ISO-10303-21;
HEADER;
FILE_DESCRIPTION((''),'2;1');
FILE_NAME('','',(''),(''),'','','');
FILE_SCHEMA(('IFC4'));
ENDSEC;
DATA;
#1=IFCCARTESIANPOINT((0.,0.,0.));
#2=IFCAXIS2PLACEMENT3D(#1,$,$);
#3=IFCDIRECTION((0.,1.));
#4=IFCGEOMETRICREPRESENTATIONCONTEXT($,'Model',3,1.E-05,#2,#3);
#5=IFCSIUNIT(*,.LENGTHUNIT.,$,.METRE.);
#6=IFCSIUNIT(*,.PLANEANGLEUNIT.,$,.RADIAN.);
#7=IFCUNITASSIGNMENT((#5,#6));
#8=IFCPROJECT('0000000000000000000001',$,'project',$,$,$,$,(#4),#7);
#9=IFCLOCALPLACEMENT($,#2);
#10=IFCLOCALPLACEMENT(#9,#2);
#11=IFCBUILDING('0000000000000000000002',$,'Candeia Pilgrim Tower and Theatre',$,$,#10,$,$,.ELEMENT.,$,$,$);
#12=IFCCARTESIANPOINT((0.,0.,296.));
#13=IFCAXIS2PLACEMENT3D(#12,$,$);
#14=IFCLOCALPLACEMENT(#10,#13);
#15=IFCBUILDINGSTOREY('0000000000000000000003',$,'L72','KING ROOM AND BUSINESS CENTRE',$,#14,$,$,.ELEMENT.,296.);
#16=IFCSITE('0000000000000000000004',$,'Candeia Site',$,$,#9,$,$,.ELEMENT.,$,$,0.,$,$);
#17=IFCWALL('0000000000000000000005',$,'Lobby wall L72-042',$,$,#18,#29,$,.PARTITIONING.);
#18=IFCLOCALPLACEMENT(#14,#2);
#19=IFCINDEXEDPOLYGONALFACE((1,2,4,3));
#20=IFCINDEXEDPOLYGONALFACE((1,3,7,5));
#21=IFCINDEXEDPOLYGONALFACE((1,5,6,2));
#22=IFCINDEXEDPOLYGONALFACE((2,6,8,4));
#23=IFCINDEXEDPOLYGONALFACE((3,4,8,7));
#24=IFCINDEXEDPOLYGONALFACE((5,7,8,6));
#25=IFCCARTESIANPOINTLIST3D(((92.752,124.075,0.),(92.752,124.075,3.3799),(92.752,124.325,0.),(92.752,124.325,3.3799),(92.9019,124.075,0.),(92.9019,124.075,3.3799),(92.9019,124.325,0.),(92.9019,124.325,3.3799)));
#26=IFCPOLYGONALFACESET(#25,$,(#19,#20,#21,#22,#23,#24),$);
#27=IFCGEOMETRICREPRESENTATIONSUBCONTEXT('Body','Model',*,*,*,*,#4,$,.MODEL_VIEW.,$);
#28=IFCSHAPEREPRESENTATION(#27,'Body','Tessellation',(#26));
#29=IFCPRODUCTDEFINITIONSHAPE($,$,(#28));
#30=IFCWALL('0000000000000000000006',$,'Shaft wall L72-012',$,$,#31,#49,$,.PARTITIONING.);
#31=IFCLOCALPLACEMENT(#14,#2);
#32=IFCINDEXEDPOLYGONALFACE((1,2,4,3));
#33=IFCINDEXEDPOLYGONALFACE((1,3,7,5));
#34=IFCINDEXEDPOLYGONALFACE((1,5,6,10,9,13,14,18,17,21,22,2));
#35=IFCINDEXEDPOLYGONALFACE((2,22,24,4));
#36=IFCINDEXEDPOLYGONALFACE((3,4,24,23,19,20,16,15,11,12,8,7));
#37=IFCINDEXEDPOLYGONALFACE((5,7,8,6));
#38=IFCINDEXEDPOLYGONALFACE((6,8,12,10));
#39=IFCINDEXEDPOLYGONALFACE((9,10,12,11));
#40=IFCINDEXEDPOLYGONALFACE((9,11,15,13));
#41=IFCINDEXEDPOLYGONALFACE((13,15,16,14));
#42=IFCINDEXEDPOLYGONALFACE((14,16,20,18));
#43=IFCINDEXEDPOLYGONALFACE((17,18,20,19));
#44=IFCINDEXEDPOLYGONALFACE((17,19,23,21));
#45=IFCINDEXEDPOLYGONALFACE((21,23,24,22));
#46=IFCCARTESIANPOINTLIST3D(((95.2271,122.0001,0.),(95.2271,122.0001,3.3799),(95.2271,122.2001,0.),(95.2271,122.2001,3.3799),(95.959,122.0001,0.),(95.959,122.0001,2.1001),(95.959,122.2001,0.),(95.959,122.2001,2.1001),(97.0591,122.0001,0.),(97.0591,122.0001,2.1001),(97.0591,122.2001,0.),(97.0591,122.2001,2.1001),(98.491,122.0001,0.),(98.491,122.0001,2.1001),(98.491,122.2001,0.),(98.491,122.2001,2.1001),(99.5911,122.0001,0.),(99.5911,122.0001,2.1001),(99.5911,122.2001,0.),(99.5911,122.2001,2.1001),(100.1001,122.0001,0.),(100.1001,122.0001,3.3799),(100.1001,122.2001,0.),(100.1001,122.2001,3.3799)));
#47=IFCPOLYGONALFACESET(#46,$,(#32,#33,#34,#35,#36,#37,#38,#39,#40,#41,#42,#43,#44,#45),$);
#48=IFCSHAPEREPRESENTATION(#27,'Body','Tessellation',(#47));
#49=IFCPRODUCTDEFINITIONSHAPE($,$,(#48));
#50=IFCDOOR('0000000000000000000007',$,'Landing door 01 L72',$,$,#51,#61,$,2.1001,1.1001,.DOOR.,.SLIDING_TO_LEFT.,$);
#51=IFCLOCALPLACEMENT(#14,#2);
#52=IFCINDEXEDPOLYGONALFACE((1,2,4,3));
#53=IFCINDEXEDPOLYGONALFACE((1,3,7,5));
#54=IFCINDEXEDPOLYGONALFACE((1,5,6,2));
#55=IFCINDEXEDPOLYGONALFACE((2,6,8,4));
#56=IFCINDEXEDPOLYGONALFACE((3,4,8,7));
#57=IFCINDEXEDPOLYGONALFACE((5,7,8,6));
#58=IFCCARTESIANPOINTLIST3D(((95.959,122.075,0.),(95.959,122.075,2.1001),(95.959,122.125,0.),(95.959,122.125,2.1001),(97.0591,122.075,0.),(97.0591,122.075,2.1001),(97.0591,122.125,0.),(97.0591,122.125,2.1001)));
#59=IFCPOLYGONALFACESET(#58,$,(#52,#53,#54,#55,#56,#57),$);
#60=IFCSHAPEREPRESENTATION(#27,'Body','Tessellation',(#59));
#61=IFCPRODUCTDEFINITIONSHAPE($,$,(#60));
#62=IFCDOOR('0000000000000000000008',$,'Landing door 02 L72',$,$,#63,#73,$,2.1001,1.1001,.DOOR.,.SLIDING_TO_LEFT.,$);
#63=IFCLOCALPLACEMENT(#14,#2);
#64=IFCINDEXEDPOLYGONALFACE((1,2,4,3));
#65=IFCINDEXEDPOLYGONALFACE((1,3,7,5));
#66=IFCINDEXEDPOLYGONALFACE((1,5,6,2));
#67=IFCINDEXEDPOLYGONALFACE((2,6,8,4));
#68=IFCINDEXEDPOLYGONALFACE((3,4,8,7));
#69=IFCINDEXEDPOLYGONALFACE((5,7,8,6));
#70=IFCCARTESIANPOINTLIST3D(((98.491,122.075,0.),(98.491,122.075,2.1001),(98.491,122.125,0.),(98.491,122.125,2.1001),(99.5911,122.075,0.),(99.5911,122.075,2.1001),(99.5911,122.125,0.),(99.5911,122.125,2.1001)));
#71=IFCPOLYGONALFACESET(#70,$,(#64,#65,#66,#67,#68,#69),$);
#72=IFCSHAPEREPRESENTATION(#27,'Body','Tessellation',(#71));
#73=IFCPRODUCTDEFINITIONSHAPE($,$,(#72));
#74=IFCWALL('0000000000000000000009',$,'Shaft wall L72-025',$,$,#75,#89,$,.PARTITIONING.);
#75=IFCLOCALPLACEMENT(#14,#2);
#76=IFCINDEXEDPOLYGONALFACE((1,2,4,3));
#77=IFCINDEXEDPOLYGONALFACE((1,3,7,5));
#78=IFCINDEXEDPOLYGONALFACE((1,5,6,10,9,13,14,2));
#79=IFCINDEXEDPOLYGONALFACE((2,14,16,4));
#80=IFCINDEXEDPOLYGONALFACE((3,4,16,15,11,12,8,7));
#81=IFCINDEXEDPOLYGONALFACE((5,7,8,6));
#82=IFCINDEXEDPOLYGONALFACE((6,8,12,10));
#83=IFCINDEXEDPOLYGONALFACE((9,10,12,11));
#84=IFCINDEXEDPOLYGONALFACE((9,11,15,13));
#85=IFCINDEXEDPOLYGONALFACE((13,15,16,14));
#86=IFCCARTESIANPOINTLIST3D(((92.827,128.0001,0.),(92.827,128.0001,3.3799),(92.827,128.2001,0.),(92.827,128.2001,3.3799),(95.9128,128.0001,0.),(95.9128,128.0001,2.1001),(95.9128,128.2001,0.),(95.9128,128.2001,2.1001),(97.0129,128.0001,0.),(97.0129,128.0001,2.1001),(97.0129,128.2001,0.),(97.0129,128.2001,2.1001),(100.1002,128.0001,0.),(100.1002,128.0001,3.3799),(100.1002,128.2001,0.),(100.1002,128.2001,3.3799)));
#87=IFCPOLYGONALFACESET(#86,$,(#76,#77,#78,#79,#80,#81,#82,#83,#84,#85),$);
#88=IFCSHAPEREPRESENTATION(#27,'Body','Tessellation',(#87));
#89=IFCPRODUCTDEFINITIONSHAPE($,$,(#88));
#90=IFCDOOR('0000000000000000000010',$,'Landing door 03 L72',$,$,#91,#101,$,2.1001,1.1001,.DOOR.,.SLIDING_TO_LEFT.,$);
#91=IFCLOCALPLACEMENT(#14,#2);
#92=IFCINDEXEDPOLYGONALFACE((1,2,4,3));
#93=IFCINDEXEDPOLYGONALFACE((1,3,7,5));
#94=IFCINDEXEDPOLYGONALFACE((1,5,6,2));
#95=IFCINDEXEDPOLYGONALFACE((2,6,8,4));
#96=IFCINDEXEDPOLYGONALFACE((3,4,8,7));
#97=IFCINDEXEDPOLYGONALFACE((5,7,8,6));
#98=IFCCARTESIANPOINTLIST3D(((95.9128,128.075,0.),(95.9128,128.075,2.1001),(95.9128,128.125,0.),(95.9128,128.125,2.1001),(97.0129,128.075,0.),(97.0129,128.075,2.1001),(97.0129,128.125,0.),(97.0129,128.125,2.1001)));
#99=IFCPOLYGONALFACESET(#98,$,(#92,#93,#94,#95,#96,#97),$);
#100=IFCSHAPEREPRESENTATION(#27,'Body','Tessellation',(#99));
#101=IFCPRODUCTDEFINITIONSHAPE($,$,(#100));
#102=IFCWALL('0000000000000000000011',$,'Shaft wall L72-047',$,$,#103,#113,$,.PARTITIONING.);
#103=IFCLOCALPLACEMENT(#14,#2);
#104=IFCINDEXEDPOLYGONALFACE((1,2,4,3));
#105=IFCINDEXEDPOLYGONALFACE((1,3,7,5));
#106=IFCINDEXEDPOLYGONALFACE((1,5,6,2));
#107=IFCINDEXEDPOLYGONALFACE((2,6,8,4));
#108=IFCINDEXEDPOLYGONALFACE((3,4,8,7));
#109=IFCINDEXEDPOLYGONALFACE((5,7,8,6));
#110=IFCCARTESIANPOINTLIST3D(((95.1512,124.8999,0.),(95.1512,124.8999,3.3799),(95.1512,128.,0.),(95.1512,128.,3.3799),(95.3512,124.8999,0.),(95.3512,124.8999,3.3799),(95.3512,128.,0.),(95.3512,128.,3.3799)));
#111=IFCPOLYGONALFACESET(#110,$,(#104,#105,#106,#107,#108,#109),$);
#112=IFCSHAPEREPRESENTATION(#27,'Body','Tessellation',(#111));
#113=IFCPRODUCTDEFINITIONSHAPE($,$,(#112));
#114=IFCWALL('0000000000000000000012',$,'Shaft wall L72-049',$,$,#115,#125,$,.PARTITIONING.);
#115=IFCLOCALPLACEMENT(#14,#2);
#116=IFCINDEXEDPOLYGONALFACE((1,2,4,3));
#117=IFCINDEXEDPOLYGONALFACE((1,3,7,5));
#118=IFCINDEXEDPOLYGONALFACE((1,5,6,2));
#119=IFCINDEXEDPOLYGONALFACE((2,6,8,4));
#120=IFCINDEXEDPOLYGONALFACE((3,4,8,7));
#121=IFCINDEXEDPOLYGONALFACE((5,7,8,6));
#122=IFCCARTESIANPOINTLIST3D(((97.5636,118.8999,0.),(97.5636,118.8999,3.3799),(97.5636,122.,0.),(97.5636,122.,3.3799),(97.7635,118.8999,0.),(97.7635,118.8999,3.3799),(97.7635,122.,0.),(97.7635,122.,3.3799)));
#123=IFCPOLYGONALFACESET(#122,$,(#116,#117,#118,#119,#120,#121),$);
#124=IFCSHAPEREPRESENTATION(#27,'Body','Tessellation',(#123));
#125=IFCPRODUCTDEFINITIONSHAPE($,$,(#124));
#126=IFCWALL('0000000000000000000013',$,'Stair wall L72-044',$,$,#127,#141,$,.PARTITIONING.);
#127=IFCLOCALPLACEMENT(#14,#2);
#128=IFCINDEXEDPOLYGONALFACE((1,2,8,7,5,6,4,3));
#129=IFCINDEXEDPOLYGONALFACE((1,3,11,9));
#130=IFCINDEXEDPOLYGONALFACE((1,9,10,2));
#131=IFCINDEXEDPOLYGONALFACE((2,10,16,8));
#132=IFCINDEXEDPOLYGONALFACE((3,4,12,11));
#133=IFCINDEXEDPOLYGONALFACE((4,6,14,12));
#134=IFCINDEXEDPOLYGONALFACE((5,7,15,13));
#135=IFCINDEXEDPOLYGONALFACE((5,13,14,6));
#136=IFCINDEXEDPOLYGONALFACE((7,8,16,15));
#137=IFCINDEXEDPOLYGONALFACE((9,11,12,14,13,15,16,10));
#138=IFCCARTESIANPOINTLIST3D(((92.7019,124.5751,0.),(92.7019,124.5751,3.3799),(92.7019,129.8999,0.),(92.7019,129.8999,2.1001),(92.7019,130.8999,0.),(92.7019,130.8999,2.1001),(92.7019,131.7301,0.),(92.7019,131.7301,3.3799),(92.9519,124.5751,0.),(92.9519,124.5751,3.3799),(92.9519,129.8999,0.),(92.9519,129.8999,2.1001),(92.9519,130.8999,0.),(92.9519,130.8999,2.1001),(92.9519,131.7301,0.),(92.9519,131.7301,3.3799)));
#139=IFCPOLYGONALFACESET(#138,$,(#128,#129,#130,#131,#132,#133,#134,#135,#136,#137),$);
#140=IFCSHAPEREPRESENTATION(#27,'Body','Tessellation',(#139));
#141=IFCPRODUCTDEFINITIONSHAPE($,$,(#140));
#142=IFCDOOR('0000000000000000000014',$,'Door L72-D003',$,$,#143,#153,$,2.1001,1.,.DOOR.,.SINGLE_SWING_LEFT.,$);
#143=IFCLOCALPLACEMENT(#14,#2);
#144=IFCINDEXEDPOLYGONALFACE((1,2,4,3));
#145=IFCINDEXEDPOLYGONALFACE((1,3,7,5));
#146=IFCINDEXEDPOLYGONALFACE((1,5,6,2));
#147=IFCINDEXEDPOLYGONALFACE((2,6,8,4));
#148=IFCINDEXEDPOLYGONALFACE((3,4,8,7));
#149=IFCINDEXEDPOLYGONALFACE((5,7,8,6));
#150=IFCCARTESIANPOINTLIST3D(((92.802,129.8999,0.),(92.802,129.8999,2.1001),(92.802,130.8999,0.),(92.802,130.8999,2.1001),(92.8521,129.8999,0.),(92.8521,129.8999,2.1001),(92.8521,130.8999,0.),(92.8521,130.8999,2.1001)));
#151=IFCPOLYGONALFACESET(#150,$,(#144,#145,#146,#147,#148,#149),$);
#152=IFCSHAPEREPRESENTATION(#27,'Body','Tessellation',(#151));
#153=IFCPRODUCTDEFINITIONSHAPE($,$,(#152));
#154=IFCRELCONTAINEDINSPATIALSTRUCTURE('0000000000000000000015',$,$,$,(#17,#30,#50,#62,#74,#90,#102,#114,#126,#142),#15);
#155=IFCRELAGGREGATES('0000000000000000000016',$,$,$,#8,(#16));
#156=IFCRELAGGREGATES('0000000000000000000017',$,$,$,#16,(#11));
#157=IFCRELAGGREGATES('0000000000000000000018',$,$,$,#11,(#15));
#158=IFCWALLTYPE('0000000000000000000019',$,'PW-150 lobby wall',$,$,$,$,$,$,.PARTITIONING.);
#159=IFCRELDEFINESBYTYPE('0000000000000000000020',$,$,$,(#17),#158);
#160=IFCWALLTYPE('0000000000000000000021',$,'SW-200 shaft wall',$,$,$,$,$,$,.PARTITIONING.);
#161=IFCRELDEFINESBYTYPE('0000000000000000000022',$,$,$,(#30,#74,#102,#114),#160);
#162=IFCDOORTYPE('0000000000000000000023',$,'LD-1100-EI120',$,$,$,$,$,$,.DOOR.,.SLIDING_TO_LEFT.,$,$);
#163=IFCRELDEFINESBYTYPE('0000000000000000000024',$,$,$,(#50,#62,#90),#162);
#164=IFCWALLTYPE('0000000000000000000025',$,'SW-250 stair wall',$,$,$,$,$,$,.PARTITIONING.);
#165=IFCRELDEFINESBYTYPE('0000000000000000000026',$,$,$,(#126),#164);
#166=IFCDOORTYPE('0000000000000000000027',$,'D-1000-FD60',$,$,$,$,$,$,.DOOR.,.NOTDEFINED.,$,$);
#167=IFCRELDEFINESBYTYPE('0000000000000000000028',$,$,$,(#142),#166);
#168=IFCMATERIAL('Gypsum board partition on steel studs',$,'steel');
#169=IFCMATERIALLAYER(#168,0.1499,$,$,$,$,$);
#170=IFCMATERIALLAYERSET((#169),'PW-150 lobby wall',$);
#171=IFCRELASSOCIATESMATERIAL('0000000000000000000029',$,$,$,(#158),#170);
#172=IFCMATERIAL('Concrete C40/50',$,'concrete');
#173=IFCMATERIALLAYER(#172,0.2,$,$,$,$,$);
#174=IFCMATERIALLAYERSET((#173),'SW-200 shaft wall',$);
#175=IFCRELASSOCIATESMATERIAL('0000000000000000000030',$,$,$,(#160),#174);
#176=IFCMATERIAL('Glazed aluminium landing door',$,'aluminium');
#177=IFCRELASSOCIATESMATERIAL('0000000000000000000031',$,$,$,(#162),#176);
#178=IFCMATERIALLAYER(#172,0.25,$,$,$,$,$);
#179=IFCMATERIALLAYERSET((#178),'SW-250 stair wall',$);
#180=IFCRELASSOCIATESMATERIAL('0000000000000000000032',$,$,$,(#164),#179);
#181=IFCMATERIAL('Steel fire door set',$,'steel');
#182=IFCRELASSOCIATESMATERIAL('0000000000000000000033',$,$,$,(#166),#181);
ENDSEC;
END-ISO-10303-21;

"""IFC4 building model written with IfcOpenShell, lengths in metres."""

from ifc_helpers import new_model, si_unit, direction, frame, frame_2d, origin, place, context, subcontext, project, spatial, rectangle, extrude, material, layer, layer_set, type_object, element, fill, save


model = new_model("IFC4")

# Units and contexts
model_context = context("Model", 3, precision=1e-05, world=origin(), true_north=direction((0.0, 1.0)))
body_context = subcontext(model_context, "Body", "Model", "MODEL_VIEW")
ifc_project = project(units=[si_unit("LENGTHUNIT", "METRE"), si_unit("PLANEANGLEUNIT", "RADIAN")], contexts=[model_context])

# Site, building, storey
site_placement = place(None, origin())
site = spatial("IfcSite", under=ifc_project, at=site_placement, Name="Candeia Site", CompositionType="ELEMENT", RefElevation=0.0)
building_placement = place(site_placement, origin())
building = spatial("IfcBuilding", under=site, at=building_placement, Name="Candeia Pilgrim Tower and Theatre", CompositionType="ELEMENT")
storey_placement = place(building_placement, frame((0.0, 0.0, 296.0)))
storey = spatial("IfcBuildingStorey", under=building, at=storey_placement, Name="L72", Description="KING ROOM AND BUSINESS CENTRE", CompositionType="ELEMENT", Elevation=296.0)

# Wall
ifc_material_1 = material(Name="Gypsum board partition on steel studs", Category="steel")
ifc_layer_1 = layer(ifc_material_1, 0.1499)
ifc_layer_set_1 = layer_set([ifc_layer_1], Name="PW-150 lobby wall")
wall_type_1 = type_object("IfcWallType", Name="PW-150 lobby wall", PredefinedType="PARTITIONING", material=ifc_layer_set_1)
wall_1_placement = place(storey_placement, frame((92.8269, 124.075, 0.0), z_axis=(0.0, 0.0, 1.0), x_axis=(0.0, 1.0, 0.0)))
element("IfcWall", 1, at=wall_1_placement, inside=storey, type_object=wall_type_1, Name="Lobby wall L72-042", PredefinedType="PARTITIONING", context=body_context, shape_type="SweptSolid", body=[
    extrude(rectangle(XDim=0.25, YDim=0.1499, at=frame_2d((0.125, 0.0))), origin(), (0.0, 0.0, 1.0), 3.3799),
])

# Wall, openings, doors
ifc_material_2 = material(Name="Concrete C40/50", Category="concrete")
ifc_layer_2 = layer(ifc_material_2, 0.2)
ifc_layer_set_2 = layer_set([ifc_layer_2], Name="SW-200 shaft wall")
wall_type_2 = type_object("IfcWallType", Name="SW-200 shaft wall", PredefinedType="PARTITIONING", material=ifc_layer_set_2)
wall_2_placement = place(storey_placement, frame((95.2271, 122.1001, 0.0), z_axis=(0.0, 0.0, 1.0), x_axis=(1.0, 0.0, 0.0)))
wall_2 = element("IfcWall", 2, at=wall_2_placement, inside=storey, type_object=wall_type_2, Name="Shaft wall L72-012", PredefinedType="PARTITIONING", context=body_context, shape_type="SweptSolid", body=[
    extrude(rectangle(XDim=4.873, YDim=0.2, at=frame_2d((2.4365, 0.0))), origin(), (0.0, 0.0, 1.0), 3.3799),
])
opening_1_placement = place(wall_2_placement, frame((0.7319, 0.0, 0.0)))
opening_1 = element("IfcOpeningElement", 3, at=opening_1_placement, cuts=wall_2, PredefinedType="OPENING", context=body_context, shape_type="SweptSolid", body=[
    extrude(rectangle(XDim=1.1001, YDim=2.1001, at=frame_2d((0.55, 1.05))), frame((0.0, 0.1099, 0.0), z_axis=(0.0, -1.0, 0.0), x_axis=(1.0, 0.0, 0.0)), (0.0, 0.0, 1.0), 0.22),
])
opening_2_placement = place(wall_2_placement, frame((3.2639, 0.0, 0.0)))
opening_2 = element("IfcOpeningElement", 4, at=opening_2_placement, cuts=wall_2, PredefinedType="OPENING", context=body_context, shape_type="SweptSolid", body=[
    extrude(rectangle(XDim=1.1001, YDim=2.1001, at=frame_2d((0.55, 1.05))), frame((0.0, 0.1099, 0.0), z_axis=(0.0, -1.0, 0.0), x_axis=(1.0, 0.0, 0.0)), (0.0, 0.0, 1.0), 0.22),
])
ifc_material_3 = material(Name="Glazed aluminium landing door", Category="aluminium")
door_type_1 = type_object("IfcDoorType", Name="LD-1100-EI120", OperationType="SLIDING_TO_LEFT", PredefinedType="DOOR", material=ifc_material_3)
door_1_placement = place(opening_1_placement, origin())
door_1 = element("IfcDoor", 5, at=door_1_placement, inside=storey, type_object=door_type_1, Name="Landing door 01 L72", OperationType="SLIDING_TO_LEFT", OverallHeight=2.1001, OverallWidth=1.1001, PredefinedType="DOOR", context=body_context, shape_type="SweptSolid", body=[
    extrude(rectangle(XDim=1.1001, YDim=2.1001, at=frame_2d((0.55, 1.05))), frame((0.0, 0.0249, 0.0), z_axis=(0.0, -1.0, 0.0), x_axis=(1.0, 0.0, 0.0)), (0.0, 0.0, 1.0), 0.05),
])
fill(opening_1, door_1)
door_2_placement = place(opening_2_placement, origin())
door_2 = element("IfcDoor", 6, at=door_2_placement, inside=storey, type_object=door_type_1, Name="Landing door 02 L72", OperationType="SLIDING_TO_LEFT", OverallHeight=2.1001, OverallWidth=1.1001, PredefinedType="DOOR", context=body_context, shape_type="SweptSolid", body=[
    extrude(rectangle(XDim=1.1001, YDim=2.1001, at=frame_2d((0.55, 1.05))), frame((0.0, 0.0249, 0.0), z_axis=(0.0, -1.0, 0.0), x_axis=(1.0, 0.0, 0.0)), (0.0, 0.0, 1.0), 0.05),
])
fill(opening_2, door_2)

# Wall, opening, door
wall_3_placement = place(storey_placement, frame((92.8269, 128.1001, 0.0), z_axis=(0.0, 0.0, 1.0), x_axis=(1.0, 0.0, 0.0)))
wall_3 = element("IfcWall", 7, at=wall_3_placement, inside=storey, type_object=wall_type_2, Name="Shaft wall L72-025", PredefinedType="PARTITIONING", context=body_context, shape_type="SweptSolid", body=[
    extrude(rectangle(XDim=7.2732, YDim=0.2, at=frame_2d((3.6367, 0.0))), origin(), (0.0, 0.0, 1.0), 3.3799),
])
opening_3_placement = place(wall_3_placement, frame((3.0859, 0.0, 0.0)))
opening_3 = element("IfcOpeningElement", 8, at=opening_3_placement, cuts=wall_3, PredefinedType="OPENING", context=body_context, shape_type="SweptSolid", body=[
    extrude(rectangle(XDim=1.1001, YDim=2.1001, at=frame_2d((0.55, 1.05))), frame((0.0, 0.1099, 0.0), z_axis=(0.0, -1.0, 0.0), x_axis=(1.0, 0.0, 0.0)), (0.0, 0.0, 1.0), 0.22),
])
door_3_placement = place(opening_3_placement, origin())
door_3 = element("IfcDoor", 9, at=door_3_placement, inside=storey, type_object=door_type_1, Name="Landing door 03 L72", OperationType="SLIDING_TO_LEFT", OverallHeight=2.1001, OverallWidth=1.1001, PredefinedType="DOOR", context=body_context, shape_type="SweptSolid", body=[
    extrude(rectangle(XDim=1.1001, YDim=2.1001, at=frame_2d((0.55, 1.05))), frame((0.0, 0.0249, 0.0), z_axis=(0.0, -1.0, 0.0), x_axis=(1.0, 0.0, 0.0)), (0.0, 0.0, 1.0), 0.05),
])
fill(opening_3, door_3)

# Walls
for number, where, z_axis, x_axis, name in (
    (10, (95.2512, 124.8999, 0.0), (0.0, 0.0, 1.0), (0.0, 1.0, 0.0), "Shaft wall L72-047"),
    (11, (97.6636, 118.8999, 0.0), (0.0, 0.0, 1.0), (0.0, 1.0, 0.0), "Shaft wall L72-049"),
):
    element("IfcWall", number, at=place(storey_placement, frame(where, z_axis=z_axis, x_axis=x_axis)), inside=storey, type_object=wall_type_2, Name=name, PredefinedType="PARTITIONING", context=body_context, shape_type="SweptSolid", body=[
        extrude(rectangle(XDim=3.1001, YDim=0.2, at=frame_2d((1.55, 0.0))), origin(), (0.0, 0.0, 1.0), 3.3799),
    ])

# Wall, opening, door
ifc_layer_3 = layer(ifc_material_2, 0.25)
ifc_layer_set_3 = layer_set([ifc_layer_3], Name="SW-250 stair wall")
wall_type_3 = type_object("IfcWallType", Name="SW-250 stair wall", PredefinedType="PARTITIONING", material=ifc_layer_set_3)
wall_4_placement = place(storey_placement, frame((92.8269, 124.575, 0.0), z_axis=(0.0, 0.0, 1.0), x_axis=(0.0, 1.0, 0.0)))
wall_4 = element("IfcWall", 12, at=wall_4_placement, inside=storey, type_object=wall_type_3, Name="Stair wall L72-044", PredefinedType="PARTITIONING", context=body_context, shape_type="SweptSolid", body=[
    extrude(rectangle(XDim=7.155, YDim=0.25, at=frame_2d((3.5776, 0.0))), origin(), (0.0, 0.0, 1.0), 3.3799),
])
opening_4_placement = place(wall_4_placement, frame((5.325, 0.0, 0.0)))
opening_4 = element("IfcOpeningElement", 13, at=opening_4_placement, cuts=wall_4, PredefinedType="OPENING", context=body_context, shape_type="SweptSolid", body=[
    extrude(rectangle(XDim=1.0, YDim=2.1001, at=frame_2d((0.5, 1.05))), frame((0.0, 0.135, 0.0), z_axis=(0.0, -1.0, 0.0), x_axis=(1.0, 0.0, 0.0)), (0.0, 0.0, 1.0), 0.27),
])
ifc_material_4 = material(Name="Steel fire door set", Category="steel")
door_type_2 = type_object("IfcDoorType", Name="D-1000-FD60", OperationType="NOTDEFINED", PredefinedType="DOOR", material=ifc_material_4)
door_4_placement = place(opening_4_placement, origin())
door_4 = element("IfcDoor", 14, at=door_4_placement, inside=storey, type_object=door_type_2, Name="Door L72-D003", OperationType="SINGLE_SWING_LEFT", OverallHeight=2.1001, OverallWidth=1.0, PredefinedType="DOOR", context=body_context, shape_type="SweptSolid", body=[
    extrude(rectangle(XDim=1.0, YDim=2.1001, at=frame_2d((0.5, 1.05))), frame((0.0, 0.0249, 0.0), z_axis=(0.0, -1.0, 0.0), x_axis=(1.0, 0.0, 0.0)), (0.0, 0.0, 1.0), 0.05),
])
fill(opening_4, door_4)

save(model, "model.ifc")
